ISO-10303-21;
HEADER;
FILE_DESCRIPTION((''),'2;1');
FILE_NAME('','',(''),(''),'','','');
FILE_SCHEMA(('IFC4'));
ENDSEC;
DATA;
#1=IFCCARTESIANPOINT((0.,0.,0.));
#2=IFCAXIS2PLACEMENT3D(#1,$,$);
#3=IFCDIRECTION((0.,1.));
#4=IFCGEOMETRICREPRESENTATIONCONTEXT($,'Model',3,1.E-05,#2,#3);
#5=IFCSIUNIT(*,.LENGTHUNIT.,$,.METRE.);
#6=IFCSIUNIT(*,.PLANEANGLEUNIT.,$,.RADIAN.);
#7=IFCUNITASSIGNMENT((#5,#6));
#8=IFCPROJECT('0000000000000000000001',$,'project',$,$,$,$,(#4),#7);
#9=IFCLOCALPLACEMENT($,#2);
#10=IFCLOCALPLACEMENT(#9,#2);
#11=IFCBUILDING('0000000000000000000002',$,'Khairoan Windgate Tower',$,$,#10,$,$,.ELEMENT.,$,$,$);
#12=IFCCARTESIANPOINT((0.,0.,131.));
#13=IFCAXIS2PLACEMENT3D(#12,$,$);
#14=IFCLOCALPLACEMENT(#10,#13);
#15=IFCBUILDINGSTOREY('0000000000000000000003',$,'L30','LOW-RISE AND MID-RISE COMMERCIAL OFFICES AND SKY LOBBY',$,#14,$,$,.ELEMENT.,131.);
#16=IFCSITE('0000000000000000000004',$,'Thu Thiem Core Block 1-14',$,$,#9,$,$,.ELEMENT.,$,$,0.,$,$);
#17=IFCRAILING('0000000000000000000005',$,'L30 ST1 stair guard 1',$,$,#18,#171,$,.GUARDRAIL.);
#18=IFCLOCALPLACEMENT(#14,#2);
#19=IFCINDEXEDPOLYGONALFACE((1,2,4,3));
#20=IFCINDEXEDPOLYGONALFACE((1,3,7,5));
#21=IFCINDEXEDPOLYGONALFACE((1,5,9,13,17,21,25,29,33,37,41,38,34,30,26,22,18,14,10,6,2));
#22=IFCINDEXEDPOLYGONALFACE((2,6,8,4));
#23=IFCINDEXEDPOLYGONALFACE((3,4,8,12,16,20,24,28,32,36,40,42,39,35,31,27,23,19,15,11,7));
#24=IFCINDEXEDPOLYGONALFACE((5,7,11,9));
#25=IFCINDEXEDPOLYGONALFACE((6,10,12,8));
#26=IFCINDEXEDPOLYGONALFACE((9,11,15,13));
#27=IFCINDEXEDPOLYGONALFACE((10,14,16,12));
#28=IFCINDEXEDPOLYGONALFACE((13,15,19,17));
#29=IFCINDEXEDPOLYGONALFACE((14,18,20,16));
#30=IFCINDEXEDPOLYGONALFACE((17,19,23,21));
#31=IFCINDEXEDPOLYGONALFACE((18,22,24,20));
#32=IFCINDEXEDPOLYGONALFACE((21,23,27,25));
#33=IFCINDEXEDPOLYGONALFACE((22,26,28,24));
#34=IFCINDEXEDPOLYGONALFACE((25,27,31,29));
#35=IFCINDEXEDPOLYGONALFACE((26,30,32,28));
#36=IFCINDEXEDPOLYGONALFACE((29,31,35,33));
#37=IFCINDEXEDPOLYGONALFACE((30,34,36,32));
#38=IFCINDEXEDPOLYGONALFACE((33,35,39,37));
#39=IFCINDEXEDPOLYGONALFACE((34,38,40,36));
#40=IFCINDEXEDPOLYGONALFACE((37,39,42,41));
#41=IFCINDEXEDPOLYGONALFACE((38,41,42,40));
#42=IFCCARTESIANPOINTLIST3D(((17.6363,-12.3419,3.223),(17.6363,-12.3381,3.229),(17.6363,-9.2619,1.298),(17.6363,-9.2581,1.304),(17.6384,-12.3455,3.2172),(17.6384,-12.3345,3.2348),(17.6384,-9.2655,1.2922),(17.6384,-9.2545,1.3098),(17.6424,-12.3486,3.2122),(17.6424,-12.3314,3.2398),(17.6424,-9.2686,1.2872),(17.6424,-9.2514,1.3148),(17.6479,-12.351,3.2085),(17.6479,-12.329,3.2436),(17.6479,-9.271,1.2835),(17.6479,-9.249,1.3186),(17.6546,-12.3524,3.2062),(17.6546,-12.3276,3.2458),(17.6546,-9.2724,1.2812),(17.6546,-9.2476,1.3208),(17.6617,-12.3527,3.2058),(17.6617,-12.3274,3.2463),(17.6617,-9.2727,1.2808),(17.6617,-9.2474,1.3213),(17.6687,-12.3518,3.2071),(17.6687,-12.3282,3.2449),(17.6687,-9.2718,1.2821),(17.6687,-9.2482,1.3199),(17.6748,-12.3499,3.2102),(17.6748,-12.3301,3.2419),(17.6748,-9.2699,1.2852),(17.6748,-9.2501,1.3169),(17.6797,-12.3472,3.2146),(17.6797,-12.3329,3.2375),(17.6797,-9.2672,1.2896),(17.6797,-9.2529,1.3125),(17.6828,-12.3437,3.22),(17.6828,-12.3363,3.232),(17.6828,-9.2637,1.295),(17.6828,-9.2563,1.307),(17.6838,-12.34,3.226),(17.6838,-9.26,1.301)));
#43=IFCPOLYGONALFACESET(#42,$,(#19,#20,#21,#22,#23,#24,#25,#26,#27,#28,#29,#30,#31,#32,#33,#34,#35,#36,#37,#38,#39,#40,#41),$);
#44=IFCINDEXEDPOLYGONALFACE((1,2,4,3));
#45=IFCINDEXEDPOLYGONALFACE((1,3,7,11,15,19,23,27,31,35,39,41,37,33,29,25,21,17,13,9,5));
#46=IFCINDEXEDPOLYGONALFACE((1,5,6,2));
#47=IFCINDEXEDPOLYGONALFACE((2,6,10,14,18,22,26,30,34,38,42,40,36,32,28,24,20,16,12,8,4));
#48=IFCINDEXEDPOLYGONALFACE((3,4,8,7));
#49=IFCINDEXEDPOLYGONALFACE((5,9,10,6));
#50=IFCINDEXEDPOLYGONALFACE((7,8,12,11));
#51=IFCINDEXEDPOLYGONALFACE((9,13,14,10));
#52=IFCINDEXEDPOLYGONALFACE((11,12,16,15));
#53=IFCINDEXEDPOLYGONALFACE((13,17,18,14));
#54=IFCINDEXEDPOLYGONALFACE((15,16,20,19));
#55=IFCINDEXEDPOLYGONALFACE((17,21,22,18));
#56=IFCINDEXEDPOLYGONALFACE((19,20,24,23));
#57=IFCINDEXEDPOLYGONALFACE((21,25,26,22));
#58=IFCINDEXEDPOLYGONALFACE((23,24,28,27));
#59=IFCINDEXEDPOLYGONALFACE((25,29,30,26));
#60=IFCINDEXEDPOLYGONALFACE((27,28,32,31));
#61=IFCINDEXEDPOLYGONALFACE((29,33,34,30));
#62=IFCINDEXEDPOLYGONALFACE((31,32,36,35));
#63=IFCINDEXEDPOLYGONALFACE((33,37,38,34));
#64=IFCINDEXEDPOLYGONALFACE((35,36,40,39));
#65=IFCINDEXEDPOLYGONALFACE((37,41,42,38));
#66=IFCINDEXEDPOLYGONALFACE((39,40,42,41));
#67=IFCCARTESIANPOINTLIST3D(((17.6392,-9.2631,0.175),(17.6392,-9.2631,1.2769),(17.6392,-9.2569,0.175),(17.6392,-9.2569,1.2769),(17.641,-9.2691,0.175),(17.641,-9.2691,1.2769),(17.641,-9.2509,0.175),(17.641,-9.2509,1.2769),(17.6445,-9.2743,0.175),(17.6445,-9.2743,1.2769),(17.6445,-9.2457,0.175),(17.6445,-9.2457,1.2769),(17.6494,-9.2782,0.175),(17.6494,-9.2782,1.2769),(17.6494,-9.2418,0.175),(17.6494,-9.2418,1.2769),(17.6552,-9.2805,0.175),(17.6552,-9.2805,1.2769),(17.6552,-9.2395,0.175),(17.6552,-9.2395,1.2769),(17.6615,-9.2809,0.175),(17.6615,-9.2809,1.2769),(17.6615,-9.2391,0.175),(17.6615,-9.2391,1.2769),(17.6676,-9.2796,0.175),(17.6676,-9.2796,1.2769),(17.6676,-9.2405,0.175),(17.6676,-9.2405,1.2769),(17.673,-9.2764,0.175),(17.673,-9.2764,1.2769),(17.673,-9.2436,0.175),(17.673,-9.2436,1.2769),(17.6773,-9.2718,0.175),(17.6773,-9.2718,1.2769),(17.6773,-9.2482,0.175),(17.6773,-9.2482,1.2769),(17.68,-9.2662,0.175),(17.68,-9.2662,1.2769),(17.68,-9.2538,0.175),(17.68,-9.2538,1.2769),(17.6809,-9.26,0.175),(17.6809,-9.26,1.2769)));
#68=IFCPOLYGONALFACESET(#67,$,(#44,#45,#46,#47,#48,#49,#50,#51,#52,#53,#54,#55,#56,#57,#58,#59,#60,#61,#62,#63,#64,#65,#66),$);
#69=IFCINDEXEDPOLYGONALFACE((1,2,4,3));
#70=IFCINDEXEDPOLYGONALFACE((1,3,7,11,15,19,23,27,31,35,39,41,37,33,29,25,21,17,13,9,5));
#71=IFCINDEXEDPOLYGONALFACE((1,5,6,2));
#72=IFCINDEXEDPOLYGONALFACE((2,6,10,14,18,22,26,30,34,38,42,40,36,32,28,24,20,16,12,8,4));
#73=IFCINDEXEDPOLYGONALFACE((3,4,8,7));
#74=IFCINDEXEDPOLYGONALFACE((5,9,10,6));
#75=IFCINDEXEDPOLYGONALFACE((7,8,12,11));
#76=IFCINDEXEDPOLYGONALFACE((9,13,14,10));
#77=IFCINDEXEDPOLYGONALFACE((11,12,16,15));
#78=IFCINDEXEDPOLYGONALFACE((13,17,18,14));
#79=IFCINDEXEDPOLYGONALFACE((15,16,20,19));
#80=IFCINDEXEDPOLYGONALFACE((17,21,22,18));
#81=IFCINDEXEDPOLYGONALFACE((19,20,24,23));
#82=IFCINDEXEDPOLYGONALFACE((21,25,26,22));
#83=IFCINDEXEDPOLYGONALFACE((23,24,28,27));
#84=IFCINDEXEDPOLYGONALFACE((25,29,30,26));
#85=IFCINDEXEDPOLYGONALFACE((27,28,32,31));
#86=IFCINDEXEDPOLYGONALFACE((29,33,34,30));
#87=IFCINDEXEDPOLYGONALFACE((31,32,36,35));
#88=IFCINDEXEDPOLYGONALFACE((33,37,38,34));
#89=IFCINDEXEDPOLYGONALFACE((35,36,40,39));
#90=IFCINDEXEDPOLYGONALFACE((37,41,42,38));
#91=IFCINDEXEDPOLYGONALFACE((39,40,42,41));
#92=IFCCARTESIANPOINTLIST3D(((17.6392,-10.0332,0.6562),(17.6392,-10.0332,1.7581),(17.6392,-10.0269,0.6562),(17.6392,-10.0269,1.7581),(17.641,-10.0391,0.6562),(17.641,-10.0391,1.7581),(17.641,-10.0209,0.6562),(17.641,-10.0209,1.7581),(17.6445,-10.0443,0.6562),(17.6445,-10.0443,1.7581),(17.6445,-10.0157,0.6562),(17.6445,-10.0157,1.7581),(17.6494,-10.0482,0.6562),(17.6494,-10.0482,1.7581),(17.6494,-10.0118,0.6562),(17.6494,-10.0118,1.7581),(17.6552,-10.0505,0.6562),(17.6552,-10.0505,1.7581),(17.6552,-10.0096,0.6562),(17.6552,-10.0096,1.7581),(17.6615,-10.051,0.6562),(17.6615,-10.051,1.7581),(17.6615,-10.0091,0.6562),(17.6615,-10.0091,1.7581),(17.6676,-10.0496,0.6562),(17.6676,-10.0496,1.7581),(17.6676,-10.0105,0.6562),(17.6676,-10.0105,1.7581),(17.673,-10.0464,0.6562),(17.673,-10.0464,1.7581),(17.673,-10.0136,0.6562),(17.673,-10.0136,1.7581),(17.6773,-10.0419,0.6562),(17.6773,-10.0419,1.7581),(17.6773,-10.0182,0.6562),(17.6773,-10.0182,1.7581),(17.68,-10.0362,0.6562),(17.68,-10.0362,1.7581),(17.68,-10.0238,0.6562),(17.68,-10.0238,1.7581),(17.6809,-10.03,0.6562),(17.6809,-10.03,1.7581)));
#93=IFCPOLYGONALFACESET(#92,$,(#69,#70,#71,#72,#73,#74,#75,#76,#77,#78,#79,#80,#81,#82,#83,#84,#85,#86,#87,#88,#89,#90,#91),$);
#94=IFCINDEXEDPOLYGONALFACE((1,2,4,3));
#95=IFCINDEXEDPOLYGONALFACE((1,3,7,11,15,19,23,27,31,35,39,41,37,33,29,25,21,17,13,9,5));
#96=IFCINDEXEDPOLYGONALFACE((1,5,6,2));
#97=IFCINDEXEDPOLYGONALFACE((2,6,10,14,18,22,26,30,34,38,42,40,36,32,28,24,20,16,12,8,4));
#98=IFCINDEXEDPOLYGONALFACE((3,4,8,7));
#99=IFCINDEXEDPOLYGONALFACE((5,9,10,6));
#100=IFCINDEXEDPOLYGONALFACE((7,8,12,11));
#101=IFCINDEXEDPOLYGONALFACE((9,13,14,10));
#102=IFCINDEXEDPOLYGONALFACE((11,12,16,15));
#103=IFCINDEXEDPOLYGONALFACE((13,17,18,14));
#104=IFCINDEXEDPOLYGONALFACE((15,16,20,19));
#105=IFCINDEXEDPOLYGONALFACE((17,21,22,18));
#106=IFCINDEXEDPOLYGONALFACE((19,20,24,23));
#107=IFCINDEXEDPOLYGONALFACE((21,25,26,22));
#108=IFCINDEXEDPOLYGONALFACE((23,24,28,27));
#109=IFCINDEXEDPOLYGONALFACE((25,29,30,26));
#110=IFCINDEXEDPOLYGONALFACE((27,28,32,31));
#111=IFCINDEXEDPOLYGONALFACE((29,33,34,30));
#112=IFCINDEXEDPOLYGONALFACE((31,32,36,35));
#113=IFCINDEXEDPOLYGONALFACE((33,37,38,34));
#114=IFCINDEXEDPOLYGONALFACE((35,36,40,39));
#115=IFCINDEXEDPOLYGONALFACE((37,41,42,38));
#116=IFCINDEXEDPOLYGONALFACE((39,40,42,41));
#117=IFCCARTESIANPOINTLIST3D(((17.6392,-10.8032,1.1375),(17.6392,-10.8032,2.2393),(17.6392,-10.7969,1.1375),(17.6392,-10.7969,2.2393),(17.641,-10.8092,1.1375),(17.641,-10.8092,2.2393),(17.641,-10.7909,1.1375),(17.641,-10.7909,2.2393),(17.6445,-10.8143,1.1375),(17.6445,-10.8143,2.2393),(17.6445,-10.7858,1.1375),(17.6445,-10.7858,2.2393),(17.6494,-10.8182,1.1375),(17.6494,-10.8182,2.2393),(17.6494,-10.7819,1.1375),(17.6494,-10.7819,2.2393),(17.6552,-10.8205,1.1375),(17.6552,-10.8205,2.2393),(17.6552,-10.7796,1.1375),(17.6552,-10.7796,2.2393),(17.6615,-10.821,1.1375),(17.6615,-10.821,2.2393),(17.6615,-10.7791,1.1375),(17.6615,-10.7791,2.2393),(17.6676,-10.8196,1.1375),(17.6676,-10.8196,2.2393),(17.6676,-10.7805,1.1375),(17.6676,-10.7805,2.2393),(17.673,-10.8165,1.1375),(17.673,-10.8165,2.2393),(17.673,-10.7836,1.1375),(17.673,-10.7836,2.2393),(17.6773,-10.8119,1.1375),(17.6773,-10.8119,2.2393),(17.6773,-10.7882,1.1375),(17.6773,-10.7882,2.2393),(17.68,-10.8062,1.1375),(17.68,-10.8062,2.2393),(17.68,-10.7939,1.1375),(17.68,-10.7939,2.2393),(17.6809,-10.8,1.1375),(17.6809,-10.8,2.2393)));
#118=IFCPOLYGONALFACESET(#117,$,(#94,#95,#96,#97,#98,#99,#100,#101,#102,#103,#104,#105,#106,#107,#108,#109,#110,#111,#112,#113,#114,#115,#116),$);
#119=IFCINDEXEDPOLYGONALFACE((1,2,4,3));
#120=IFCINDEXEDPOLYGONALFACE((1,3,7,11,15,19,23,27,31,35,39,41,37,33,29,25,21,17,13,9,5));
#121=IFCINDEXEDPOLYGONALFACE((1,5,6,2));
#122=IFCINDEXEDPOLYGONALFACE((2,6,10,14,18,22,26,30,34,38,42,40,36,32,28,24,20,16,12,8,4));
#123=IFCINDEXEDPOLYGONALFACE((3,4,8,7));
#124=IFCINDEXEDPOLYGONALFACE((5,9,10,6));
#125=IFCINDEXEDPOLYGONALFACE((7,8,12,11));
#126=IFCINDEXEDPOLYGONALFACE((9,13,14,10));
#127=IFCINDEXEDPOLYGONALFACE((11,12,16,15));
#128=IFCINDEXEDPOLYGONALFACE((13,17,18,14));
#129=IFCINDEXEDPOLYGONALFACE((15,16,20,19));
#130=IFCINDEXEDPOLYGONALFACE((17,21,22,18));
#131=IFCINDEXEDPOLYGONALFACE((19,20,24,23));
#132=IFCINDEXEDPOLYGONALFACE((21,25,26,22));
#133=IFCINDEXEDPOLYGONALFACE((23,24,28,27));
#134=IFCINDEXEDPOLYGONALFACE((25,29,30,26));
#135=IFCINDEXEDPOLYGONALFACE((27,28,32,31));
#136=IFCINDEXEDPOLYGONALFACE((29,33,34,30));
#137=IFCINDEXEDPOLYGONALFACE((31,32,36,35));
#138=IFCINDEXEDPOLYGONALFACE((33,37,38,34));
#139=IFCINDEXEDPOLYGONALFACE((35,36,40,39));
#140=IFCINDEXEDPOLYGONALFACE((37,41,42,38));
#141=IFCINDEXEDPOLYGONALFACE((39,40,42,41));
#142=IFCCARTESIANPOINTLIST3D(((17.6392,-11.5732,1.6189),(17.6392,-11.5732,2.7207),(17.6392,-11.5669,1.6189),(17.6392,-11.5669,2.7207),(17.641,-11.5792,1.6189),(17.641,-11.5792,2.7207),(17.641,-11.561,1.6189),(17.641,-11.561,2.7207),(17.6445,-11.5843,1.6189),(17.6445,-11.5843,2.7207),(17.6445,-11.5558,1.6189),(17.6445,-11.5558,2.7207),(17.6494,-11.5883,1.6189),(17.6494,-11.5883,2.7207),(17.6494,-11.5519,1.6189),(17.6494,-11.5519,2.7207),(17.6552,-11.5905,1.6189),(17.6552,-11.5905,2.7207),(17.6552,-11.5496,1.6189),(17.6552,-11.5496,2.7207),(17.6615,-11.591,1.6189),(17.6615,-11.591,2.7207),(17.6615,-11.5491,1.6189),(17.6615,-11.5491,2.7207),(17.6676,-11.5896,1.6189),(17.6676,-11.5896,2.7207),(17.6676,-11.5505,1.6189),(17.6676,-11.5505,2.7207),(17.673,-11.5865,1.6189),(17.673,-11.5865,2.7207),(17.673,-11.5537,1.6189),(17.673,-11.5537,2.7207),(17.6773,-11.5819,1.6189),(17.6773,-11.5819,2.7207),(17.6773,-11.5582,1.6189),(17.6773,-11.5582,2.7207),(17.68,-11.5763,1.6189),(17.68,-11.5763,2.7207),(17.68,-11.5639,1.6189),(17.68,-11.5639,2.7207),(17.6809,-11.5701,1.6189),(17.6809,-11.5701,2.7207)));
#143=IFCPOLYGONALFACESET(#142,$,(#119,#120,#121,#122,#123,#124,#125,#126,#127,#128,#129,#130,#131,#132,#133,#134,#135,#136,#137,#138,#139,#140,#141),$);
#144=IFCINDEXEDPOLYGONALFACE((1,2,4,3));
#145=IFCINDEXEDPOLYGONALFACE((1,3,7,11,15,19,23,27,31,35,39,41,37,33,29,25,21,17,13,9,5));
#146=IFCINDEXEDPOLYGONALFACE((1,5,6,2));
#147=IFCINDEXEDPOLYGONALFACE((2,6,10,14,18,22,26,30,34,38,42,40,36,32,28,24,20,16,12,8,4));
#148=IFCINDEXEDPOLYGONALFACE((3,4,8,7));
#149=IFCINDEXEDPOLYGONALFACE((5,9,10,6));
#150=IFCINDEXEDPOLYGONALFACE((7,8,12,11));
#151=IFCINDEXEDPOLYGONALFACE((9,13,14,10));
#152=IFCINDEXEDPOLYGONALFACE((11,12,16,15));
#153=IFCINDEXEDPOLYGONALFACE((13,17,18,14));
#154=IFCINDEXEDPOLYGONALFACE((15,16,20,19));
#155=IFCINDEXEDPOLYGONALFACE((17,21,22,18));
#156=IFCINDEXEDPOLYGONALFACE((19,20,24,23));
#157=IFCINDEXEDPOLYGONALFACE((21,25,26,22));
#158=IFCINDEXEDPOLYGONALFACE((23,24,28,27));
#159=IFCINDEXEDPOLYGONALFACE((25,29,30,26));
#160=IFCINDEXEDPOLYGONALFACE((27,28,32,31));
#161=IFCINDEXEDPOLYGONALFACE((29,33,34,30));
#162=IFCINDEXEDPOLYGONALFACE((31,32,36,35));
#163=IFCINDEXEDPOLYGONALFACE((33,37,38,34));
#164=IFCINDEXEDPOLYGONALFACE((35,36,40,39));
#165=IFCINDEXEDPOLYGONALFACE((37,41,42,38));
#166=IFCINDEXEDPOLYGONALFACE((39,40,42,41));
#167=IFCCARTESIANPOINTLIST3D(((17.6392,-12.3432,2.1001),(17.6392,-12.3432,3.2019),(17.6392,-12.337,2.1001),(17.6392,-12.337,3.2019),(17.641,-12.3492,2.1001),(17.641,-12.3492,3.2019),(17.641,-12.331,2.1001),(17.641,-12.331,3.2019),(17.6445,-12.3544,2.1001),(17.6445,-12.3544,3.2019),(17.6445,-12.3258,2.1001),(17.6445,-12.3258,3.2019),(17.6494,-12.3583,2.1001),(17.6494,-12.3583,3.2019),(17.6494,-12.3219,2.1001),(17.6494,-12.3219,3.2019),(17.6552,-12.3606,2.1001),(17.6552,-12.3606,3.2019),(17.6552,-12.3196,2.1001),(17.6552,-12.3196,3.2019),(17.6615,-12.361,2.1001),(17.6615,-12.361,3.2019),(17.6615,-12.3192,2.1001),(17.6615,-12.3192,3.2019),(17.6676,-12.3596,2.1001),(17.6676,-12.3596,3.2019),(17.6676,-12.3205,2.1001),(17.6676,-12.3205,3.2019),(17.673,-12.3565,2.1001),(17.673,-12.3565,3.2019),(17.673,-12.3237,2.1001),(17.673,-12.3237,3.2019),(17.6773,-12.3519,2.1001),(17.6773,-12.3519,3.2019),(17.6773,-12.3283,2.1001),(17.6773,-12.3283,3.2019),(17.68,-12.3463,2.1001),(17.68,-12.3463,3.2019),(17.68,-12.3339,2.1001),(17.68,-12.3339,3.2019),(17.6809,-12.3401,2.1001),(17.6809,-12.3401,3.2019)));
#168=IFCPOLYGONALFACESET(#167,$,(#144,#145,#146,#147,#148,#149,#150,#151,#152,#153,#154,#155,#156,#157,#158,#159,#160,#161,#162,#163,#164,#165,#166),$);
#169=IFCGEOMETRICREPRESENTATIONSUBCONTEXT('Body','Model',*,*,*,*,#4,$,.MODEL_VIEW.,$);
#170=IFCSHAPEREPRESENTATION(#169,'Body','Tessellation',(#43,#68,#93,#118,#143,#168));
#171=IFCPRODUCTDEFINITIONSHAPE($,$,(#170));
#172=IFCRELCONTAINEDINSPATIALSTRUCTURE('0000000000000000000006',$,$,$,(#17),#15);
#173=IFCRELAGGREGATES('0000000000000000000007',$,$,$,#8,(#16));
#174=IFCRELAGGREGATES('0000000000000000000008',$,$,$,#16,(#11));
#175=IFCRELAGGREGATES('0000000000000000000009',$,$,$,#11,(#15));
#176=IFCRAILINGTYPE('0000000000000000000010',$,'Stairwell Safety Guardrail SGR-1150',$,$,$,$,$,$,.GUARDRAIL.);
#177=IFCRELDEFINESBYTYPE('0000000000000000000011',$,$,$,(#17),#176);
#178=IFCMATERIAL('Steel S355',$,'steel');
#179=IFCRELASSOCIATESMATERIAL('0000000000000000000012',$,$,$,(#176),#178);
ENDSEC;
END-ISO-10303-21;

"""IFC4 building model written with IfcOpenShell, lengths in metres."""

from ifc_helpers import new_model, si_unit, direction, frame, origin, origin_2d, place, context, subcontext, project, spatial, circle, extrude, material, type_object, element, save


model = new_model("IFC4")

# Units and contexts
model_context = context("Model", 3, precision=1e-05, world=origin(), true_north=direction((0.0, 1.0)))
body_context = subcontext(model_context, "Body", "Model", "MODEL_VIEW")
ifc_project = project(units=[si_unit("LENGTHUNIT", "METRE"), si_unit("PLANEANGLEUNIT", "RADIAN")], contexts=[model_context])

# Site, building, storey
site_placement = place(None, origin())
site = spatial("IfcSite", under=ifc_project, at=site_placement, Name="Thu Thiem Core Block 1-14", CompositionType="ELEMENT", RefElevation=0.0)
building_placement = place(site_placement, origin())
building = spatial("IfcBuilding", under=site, at=building_placement, Name="Khairoan Windgate Tower", CompositionType="ELEMENT")
storey_placement = place(building_placement, frame((0.0, 0.0, 131.0)))
storey = spatial("IfcBuildingStorey", under=building, at=storey_placement, Name="L30", Description="LOW-RISE AND MID-RISE COMMERCIAL OFFICES AND SKY LOBBY", CompositionType="ELEMENT", Elevation=131.0)

# Railing
ifc_material_1 = material(Name="Steel S355", Category="steel")
railing_type_1 = type_object("IfcRailingType", Name="Stairwell Safety Guardrail SGR-1150", PredefinedType="GUARDRAIL", material=ifc_material_1)
railing_1_placement = place(storey_placement, frame((17.6599, -9.26, 0.175)))
element("IfcRailing", 1, at=railing_1_placement, inside=storey, type_object=railing_type_1, Name="L30 ST1 stair guard 1", PredefinedType="GUARDRAIL", context=body_context, shape_type="SweptSolid", body=[
    extrude(circle(Radius=0.0239, at=origin_2d()), frame((0.0, 0.0, 1.126), z_axis=(0.0, -0.847998, 0.529999), x_axis=(1.0, 0.0, 0.0)), (0.0, 0.0, 1.0), 3.6321),
    extrude(circle(Radius=0.021, at=origin_2d()), origin(), (0.0, 0.0, 1.0), 1.1018),
    extrude(circle(Radius=0.021, at=origin_2d()), frame((0.0, -0.77, 0.4812)), (0.0, 0.0, 1.0), 1.1018),
    extrude(circle(Radius=0.021, at=origin_2d()), frame((0.0, -1.54, 0.9624)), (0.0, 0.0, 1.0), 1.1018),
    extrude(circle(Radius=0.021, at=origin_2d()), frame((0.0, -2.3101, 1.4438)), (0.0, 0.0, 1.0), 1.1018),
    extrude(circle(Radius=0.021, at=origin_2d()), frame((0.0, -3.0801, 1.925)), (0.0, 0.0, 1.0), 1.1018),
])

save(model, "model.ifc")
